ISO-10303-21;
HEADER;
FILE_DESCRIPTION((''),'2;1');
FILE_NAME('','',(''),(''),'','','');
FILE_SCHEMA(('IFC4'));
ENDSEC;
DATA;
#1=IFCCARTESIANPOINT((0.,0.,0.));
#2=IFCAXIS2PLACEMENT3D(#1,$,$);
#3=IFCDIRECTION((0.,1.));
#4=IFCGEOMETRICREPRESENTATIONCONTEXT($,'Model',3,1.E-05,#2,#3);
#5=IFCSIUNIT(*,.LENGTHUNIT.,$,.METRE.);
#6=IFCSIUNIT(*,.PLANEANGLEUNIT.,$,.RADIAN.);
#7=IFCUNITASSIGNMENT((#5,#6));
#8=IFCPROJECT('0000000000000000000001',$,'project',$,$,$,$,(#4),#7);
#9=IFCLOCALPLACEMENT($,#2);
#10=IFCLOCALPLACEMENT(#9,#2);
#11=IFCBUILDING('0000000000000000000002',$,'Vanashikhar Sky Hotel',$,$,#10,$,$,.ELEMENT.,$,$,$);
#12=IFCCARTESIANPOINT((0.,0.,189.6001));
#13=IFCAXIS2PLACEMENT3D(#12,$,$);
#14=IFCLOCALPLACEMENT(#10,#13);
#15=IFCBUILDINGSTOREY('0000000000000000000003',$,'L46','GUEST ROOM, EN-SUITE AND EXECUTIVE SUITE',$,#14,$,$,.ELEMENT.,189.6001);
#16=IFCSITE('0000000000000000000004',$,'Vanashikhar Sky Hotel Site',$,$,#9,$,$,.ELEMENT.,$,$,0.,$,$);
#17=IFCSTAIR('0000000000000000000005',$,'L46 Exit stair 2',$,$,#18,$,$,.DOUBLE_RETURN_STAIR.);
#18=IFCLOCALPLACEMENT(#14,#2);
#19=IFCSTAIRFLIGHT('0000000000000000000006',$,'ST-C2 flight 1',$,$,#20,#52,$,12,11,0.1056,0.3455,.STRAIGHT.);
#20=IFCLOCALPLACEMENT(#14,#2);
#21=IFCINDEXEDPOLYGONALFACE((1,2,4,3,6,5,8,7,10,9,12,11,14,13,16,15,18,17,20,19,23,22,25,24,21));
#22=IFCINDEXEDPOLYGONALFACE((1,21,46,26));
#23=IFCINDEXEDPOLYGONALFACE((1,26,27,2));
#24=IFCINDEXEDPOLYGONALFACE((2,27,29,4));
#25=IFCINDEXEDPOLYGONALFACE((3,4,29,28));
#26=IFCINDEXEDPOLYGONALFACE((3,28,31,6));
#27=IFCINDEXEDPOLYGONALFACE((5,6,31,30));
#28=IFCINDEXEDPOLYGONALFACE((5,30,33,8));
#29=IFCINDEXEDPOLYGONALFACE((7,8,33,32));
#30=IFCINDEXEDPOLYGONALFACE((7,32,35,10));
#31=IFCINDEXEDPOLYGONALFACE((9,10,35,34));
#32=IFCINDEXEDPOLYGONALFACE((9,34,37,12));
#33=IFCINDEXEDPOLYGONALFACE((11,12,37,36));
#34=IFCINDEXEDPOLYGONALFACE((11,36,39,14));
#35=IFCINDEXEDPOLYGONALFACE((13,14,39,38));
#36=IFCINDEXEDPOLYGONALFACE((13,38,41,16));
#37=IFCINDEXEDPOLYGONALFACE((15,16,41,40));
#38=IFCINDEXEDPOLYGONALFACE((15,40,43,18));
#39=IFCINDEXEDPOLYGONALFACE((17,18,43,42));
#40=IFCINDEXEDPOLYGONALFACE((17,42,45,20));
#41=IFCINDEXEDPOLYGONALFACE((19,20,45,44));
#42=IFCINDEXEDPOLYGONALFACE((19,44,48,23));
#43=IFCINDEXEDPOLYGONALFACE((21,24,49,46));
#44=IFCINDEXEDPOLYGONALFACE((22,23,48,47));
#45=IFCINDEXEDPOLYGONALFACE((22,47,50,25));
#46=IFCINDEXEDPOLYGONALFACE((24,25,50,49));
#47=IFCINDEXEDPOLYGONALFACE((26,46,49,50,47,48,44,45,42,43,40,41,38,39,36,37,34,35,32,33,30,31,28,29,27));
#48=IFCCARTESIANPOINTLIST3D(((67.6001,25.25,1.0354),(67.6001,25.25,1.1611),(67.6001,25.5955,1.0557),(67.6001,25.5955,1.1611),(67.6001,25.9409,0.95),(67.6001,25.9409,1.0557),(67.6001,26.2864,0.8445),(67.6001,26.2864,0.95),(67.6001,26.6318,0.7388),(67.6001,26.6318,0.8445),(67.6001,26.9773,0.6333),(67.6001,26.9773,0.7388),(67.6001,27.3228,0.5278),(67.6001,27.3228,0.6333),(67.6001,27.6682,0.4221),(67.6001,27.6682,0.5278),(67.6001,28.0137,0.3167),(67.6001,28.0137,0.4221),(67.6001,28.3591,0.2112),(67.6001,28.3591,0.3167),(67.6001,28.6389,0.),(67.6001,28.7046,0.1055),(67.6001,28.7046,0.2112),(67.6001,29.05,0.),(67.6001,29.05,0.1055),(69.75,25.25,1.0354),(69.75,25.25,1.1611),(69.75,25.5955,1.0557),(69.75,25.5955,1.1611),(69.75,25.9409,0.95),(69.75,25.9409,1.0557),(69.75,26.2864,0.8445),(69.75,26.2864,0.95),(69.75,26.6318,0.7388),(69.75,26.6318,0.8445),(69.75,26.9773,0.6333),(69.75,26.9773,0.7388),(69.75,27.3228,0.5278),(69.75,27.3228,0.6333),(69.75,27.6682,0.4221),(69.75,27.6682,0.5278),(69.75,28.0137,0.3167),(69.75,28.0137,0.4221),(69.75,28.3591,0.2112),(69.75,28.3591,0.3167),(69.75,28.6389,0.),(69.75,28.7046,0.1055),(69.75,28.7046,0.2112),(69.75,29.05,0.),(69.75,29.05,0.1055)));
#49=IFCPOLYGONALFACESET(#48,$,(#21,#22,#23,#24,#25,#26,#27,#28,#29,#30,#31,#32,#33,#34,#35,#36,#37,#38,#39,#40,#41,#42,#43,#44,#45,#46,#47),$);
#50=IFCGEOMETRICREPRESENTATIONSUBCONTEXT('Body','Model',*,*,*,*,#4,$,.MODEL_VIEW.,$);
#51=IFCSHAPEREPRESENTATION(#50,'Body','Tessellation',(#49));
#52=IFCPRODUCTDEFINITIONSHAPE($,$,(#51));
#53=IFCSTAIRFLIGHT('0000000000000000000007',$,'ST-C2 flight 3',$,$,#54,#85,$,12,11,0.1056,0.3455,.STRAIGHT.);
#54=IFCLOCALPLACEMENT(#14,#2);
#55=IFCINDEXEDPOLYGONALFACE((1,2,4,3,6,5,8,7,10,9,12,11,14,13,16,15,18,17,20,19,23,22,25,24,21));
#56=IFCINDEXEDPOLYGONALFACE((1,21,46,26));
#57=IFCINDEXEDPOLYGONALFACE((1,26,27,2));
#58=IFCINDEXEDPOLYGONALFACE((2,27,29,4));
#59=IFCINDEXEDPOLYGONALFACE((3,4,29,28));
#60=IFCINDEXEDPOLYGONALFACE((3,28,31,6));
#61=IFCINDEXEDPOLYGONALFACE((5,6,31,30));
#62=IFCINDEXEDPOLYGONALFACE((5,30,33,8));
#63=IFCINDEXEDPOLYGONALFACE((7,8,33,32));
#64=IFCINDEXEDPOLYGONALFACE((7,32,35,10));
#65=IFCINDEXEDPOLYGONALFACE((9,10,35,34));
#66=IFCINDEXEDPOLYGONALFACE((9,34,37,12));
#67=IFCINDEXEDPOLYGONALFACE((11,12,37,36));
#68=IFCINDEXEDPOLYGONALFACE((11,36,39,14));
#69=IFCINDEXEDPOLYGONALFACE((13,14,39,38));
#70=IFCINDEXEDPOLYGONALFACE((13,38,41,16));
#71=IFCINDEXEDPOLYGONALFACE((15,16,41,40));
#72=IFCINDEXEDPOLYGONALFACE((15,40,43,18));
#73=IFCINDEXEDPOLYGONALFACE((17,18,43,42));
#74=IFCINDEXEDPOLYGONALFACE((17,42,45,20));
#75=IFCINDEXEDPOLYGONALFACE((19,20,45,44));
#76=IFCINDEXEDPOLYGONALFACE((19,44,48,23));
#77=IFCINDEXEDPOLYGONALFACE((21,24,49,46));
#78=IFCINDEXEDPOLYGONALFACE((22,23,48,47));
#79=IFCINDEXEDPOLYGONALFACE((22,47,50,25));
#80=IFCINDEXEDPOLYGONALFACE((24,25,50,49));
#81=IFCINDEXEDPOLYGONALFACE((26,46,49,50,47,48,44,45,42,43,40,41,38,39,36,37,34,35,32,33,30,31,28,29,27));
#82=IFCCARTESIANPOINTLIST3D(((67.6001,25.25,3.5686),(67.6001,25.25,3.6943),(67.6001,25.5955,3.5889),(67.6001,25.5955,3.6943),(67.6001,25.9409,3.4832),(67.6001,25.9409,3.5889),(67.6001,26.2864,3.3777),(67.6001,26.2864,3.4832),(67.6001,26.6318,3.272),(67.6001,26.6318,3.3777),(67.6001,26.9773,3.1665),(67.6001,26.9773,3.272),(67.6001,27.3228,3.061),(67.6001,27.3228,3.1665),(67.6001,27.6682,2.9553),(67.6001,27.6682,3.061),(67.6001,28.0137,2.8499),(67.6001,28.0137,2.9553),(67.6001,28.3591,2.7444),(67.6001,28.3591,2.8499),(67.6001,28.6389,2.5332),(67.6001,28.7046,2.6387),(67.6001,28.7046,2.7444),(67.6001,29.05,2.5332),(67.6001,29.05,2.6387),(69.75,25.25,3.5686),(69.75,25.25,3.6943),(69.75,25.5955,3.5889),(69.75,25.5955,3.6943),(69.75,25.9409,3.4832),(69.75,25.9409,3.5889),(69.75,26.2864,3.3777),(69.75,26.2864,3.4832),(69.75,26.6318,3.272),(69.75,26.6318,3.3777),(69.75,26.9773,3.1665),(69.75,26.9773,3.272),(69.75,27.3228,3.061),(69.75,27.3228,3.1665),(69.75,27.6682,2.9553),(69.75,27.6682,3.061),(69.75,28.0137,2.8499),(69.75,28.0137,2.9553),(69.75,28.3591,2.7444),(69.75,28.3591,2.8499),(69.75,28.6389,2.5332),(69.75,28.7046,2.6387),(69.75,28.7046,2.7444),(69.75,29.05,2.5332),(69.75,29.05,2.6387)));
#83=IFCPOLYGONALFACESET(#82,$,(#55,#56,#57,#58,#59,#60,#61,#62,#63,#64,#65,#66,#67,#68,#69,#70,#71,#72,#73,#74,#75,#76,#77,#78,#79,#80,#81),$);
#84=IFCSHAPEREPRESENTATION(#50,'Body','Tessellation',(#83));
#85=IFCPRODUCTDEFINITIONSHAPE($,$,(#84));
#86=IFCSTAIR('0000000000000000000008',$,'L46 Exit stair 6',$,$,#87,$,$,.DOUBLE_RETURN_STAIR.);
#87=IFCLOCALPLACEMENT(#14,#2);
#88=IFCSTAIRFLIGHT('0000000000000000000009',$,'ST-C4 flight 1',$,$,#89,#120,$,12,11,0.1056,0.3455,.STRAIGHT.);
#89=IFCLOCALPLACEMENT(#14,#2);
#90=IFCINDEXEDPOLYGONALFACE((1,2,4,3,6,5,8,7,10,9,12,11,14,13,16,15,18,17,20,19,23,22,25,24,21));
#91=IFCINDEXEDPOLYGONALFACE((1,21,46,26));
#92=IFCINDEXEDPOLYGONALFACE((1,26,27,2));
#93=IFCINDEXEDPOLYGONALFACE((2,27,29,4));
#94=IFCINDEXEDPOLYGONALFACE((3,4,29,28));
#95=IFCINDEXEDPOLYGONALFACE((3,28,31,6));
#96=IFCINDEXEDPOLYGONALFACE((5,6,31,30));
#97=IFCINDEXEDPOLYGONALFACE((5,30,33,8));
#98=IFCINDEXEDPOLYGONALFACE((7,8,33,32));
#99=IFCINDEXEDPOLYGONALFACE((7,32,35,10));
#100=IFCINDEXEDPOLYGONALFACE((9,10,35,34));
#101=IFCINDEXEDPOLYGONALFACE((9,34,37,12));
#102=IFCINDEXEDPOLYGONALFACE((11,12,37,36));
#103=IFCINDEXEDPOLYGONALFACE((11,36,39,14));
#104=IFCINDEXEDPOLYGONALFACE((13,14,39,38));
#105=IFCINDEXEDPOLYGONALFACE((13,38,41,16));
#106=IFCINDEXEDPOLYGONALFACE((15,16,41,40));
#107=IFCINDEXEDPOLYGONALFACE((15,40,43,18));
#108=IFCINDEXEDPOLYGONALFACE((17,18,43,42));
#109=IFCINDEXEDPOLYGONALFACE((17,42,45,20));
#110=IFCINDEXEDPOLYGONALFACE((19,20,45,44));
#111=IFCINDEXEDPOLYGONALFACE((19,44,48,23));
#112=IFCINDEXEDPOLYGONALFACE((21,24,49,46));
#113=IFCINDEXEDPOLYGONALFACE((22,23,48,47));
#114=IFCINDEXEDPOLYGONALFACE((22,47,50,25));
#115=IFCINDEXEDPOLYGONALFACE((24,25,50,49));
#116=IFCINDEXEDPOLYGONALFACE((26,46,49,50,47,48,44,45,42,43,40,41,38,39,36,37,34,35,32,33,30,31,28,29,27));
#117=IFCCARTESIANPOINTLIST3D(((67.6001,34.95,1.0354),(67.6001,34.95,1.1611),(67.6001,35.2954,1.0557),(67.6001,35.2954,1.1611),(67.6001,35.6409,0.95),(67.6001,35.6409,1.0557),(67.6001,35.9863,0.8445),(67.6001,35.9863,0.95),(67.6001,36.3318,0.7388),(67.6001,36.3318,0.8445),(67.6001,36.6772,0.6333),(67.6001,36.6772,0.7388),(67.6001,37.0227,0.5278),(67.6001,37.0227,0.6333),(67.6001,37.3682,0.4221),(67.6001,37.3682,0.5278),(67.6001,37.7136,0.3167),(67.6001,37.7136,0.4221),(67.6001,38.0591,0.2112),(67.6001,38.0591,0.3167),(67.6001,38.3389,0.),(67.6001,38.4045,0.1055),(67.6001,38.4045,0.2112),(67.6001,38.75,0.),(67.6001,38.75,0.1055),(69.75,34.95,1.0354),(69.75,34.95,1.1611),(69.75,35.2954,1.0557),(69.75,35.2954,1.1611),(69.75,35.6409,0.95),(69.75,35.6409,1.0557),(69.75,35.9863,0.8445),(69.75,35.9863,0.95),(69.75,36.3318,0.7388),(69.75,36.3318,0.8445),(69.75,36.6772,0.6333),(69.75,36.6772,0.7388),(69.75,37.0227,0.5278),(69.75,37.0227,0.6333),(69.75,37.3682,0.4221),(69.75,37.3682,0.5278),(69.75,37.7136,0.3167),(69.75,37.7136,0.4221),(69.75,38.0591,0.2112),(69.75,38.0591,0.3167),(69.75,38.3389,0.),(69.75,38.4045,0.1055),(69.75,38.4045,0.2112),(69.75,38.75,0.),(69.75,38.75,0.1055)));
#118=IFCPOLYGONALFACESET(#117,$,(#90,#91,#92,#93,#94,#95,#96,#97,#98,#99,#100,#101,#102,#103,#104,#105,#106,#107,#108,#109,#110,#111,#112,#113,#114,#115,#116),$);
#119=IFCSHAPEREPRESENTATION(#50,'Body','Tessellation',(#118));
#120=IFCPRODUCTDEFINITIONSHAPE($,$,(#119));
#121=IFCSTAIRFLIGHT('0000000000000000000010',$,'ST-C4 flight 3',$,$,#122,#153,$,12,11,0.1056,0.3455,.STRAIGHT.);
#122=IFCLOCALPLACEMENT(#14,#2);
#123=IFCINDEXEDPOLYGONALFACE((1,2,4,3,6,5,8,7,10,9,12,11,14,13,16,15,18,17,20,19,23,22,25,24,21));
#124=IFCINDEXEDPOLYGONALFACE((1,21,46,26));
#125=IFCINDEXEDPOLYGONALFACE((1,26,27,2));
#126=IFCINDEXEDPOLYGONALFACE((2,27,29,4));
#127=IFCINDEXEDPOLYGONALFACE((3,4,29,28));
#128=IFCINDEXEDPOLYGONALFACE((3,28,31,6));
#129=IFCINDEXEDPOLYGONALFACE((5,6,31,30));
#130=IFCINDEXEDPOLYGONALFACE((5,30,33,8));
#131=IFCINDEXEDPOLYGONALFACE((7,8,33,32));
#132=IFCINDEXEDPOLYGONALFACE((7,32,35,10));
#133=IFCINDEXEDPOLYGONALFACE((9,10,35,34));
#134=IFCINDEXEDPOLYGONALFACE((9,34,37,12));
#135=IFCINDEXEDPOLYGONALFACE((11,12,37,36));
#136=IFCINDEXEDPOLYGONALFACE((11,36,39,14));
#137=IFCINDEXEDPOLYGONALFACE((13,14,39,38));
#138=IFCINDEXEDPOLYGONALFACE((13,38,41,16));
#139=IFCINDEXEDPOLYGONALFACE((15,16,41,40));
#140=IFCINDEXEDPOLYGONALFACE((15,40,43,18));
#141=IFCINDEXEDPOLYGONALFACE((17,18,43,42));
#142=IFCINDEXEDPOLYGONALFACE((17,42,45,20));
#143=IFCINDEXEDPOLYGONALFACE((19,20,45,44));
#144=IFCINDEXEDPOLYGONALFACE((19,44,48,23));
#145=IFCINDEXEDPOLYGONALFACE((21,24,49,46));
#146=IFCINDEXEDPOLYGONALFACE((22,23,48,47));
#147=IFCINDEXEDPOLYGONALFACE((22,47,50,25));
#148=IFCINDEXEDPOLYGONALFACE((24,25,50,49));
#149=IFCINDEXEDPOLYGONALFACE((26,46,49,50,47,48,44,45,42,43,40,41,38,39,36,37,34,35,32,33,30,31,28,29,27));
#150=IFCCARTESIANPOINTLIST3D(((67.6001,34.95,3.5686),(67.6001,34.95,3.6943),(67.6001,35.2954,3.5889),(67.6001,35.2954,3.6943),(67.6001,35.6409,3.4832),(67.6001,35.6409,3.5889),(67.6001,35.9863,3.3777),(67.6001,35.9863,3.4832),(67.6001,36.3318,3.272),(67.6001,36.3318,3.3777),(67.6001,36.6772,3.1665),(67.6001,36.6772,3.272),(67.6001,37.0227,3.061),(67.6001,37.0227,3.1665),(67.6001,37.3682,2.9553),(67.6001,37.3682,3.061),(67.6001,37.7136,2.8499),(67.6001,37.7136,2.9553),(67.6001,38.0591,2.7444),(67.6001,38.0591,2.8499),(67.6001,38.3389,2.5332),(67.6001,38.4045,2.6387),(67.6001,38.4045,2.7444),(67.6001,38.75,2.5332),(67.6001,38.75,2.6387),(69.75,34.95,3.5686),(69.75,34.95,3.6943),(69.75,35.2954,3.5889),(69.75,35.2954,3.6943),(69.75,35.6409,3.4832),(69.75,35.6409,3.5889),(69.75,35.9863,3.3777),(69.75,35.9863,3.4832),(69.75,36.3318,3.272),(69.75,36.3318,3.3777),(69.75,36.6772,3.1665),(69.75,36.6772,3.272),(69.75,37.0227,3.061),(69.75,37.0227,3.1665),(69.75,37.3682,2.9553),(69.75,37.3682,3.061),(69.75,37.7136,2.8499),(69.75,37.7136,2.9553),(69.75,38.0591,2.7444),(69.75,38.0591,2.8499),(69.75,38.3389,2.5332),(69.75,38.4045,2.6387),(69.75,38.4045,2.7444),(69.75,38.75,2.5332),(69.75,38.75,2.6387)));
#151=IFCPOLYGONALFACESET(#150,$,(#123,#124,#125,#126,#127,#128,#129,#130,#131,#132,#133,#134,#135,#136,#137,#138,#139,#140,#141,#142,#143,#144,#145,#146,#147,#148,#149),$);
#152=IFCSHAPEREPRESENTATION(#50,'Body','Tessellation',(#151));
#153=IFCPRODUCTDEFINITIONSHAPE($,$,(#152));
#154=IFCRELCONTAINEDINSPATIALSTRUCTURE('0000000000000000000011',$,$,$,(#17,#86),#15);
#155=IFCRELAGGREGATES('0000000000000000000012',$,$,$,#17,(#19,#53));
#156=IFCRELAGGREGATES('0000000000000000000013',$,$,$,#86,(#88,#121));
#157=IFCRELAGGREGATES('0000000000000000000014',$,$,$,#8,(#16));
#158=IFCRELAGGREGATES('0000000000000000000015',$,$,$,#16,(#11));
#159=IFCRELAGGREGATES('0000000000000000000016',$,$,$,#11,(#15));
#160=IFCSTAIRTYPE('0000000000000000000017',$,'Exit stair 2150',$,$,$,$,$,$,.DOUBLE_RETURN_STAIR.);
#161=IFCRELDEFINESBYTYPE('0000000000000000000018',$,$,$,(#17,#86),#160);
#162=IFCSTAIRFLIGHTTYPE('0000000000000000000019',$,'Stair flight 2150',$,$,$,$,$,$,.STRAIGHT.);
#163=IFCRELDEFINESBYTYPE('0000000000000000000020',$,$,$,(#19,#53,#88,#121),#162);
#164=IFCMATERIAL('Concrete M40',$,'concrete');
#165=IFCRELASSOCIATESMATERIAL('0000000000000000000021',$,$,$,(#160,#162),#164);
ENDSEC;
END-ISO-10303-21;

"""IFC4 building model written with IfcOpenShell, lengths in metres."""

from ifc_helpers import new_model, si_unit, direction, frame, origin, place, context, subcontext, project, spatial, polyline, outline, extrude, source, transform, mapped, material, type_object, element, aggregate, save


model = new_model("IFC4")

# Units and contexts
model_context = context("Model", 3, precision=1e-05, world=origin(), true_north=direction((0.0, 1.0)))
body_context = subcontext(model_context, "Body", "Model", "MODEL_VIEW")
ifc_project = project(units=[si_unit("LENGTHUNIT", "METRE"), si_unit("PLANEANGLEUNIT", "RADIAN")], contexts=[model_context])

# Site, building, storey
site_placement = place(None, origin())
site = spatial("IfcSite", under=ifc_project, at=site_placement, Name="Vanashikhar Sky Hotel Site", CompositionType="ELEMENT", RefElevation=0.0)
building_placement = place(site_placement, origin())
building = spatial("IfcBuilding", under=site, at=building_placement, Name="Vanashikhar Sky Hotel", CompositionType="ELEMENT")
storey_placement = place(building_placement, frame((0.0, 0.0, 189.6001)))
storey = spatial("IfcBuildingStorey", under=building, at=storey_placement, Name="L46", Description="GUEST ROOM, EN-SUITE AND EXECUTIVE SUITE", CompositionType="ELEMENT", Elevation=189.6001)

# Stairs, stair flights
ifc_material_1 = material(Name="Concrete M40", Category="concrete")
stair_type = type_object("IfcStairType", Name="Exit stair 2150", PredefinedType="DOUBLE_RETURN_STAIR", material=ifc_material_1)
stair_1_placement = place(storey_placement, origin())
stair_1 = element("IfcStair", 1, at=stair_1_placement, inside=storey, type_object=stair_type, Name="L46 Exit stair 2", PredefinedType="DOUBLE_RETURN_STAIR")
stair_flight_type = type_object("IfcStairFlightType", Name="Stair flight 2150", PredefinedType="STRAIGHT", material=ifc_material_1)
shared_shape_1 = source(origin(), body_context, "Body", "SweptSolid", [
    extrude(outline(polyline([(0.0, 0.0), (0.0, 0.1055), (0.3455, 0.1055), (0.3455, 0.2112), (0.6909, 0.2112), (0.6909, 0.3167), (1.0364, 0.3167), (1.0364, 0.4221), (1.3818, 0.4221), (1.3818, 0.5278), (1.7273, 0.5278), (1.7273, 0.6333), (2.0728, 0.6333), (2.0728, 0.7388), (2.4182, 0.7388), (2.4182, 0.8445), (2.7637, 0.8445), (2.7637, 0.95), (3.1091, 0.95), (3.1091, 1.0557), (3.4546, 1.0557), (3.4546, 1.1611), (3.8, 1.1611), (3.8, 1.2666), (3.8, 1.0354), (0.4111, 0.0), (0.0, 0.0)])), frame((0.0, 1.075, 0.0), z_axis=(0.0, -1.0, 0.0), x_axis=(1.0, 0.0, 0.0)), (0.0, 0.0, 1.0), 2.1499),
])
stair_flight_1_placement = place(storey_placement, frame((68.675, 29.05, 0.0), z_axis=(0.0, 0.0, 1.0), x_axis=(0.0, -1.0, 0.0)))
stair_flight_1 = element("IfcStairFlight", 2, at=stair_flight_1_placement, type_object=stair_flight_type, Name="ST-C2 flight 1", NumberOfRisers=12, NumberOfTreads=11, PredefinedType="STRAIGHT", RiserHeight=0.1056, TreadLength=0.3455, context=body_context, shape_type="MappedRepresentation", body=[
    mapped(shared_shape_1, transform((0.0, 0.0, 0.0), scale=1.0)),
])
stair_flight_2_placement = place(storey_placement, frame((68.675, 29.05, 2.5332), z_axis=(0.0, 0.0, 1.0), x_axis=(0.0, -1.0, 0.0)))
stair_flight_2 = element("IfcStairFlight", 3, at=stair_flight_2_placement, type_object=stair_flight_type, Name="ST-C2 flight 3", NumberOfRisers=12, NumberOfTreads=11, PredefinedType="STRAIGHT", RiserHeight=0.1056, TreadLength=0.3455, context=body_context, shape_type="MappedRepresentation", body=[
    mapped(shared_shape_1, transform((0.0, 0.0, 0.0), scale=1.0)),
])
aggregate(stair_1, [stair_flight_1, stair_flight_2])
stair_2_placement = place(storey_placement, origin())
stair_2 = element("IfcStair", 4, at=stair_2_placement, inside=storey, type_object=stair_type, Name="L46 Exit stair 6", PredefinedType="DOUBLE_RETURN_STAIR")
stair_flight_3_placement = place(storey_placement, frame((68.675, 38.75, 0.0), z_axis=(0.0, 0.0, 1.0), x_axis=(0.0, -1.0, 0.0)))
stair_flight_3 = element("IfcStairFlight", 5, at=stair_flight_3_placement, type_object=stair_flight_type, Name="ST-C4 flight 1", NumberOfRisers=12, NumberOfTreads=11, PredefinedType="STRAIGHT", RiserHeight=0.1056, TreadLength=0.3455, context=body_context, shape_type="MappedRepresentation", body=[
    mapped(shared_shape_1, transform((0.0, 0.0, 0.0), scale=1.0)),
])
stair_flight_4_placement = place(storey_placement, frame((68.675, 38.75, 2.5332), z_axis=(0.0, 0.0, 1.0), x_axis=(0.0, -1.0, 0.0)))
stair_flight_4 = element("IfcStairFlight", 6, at=stair_flight_4_placement, type_object=stair_flight_type, Name="ST-C4 flight 3", NumberOfRisers=12, NumberOfTreads=11, PredefinedType="STRAIGHT", RiserHeight=0.1056, TreadLength=0.3455, context=body_context, shape_type="MappedRepresentation", body=[
    mapped(shared_shape_1, transform((0.0, 0.0, 0.0), scale=1.0)),
])
aggregate(stair_2, [stair_flight_3, stair_flight_4])

save(model, "model.ifc")
